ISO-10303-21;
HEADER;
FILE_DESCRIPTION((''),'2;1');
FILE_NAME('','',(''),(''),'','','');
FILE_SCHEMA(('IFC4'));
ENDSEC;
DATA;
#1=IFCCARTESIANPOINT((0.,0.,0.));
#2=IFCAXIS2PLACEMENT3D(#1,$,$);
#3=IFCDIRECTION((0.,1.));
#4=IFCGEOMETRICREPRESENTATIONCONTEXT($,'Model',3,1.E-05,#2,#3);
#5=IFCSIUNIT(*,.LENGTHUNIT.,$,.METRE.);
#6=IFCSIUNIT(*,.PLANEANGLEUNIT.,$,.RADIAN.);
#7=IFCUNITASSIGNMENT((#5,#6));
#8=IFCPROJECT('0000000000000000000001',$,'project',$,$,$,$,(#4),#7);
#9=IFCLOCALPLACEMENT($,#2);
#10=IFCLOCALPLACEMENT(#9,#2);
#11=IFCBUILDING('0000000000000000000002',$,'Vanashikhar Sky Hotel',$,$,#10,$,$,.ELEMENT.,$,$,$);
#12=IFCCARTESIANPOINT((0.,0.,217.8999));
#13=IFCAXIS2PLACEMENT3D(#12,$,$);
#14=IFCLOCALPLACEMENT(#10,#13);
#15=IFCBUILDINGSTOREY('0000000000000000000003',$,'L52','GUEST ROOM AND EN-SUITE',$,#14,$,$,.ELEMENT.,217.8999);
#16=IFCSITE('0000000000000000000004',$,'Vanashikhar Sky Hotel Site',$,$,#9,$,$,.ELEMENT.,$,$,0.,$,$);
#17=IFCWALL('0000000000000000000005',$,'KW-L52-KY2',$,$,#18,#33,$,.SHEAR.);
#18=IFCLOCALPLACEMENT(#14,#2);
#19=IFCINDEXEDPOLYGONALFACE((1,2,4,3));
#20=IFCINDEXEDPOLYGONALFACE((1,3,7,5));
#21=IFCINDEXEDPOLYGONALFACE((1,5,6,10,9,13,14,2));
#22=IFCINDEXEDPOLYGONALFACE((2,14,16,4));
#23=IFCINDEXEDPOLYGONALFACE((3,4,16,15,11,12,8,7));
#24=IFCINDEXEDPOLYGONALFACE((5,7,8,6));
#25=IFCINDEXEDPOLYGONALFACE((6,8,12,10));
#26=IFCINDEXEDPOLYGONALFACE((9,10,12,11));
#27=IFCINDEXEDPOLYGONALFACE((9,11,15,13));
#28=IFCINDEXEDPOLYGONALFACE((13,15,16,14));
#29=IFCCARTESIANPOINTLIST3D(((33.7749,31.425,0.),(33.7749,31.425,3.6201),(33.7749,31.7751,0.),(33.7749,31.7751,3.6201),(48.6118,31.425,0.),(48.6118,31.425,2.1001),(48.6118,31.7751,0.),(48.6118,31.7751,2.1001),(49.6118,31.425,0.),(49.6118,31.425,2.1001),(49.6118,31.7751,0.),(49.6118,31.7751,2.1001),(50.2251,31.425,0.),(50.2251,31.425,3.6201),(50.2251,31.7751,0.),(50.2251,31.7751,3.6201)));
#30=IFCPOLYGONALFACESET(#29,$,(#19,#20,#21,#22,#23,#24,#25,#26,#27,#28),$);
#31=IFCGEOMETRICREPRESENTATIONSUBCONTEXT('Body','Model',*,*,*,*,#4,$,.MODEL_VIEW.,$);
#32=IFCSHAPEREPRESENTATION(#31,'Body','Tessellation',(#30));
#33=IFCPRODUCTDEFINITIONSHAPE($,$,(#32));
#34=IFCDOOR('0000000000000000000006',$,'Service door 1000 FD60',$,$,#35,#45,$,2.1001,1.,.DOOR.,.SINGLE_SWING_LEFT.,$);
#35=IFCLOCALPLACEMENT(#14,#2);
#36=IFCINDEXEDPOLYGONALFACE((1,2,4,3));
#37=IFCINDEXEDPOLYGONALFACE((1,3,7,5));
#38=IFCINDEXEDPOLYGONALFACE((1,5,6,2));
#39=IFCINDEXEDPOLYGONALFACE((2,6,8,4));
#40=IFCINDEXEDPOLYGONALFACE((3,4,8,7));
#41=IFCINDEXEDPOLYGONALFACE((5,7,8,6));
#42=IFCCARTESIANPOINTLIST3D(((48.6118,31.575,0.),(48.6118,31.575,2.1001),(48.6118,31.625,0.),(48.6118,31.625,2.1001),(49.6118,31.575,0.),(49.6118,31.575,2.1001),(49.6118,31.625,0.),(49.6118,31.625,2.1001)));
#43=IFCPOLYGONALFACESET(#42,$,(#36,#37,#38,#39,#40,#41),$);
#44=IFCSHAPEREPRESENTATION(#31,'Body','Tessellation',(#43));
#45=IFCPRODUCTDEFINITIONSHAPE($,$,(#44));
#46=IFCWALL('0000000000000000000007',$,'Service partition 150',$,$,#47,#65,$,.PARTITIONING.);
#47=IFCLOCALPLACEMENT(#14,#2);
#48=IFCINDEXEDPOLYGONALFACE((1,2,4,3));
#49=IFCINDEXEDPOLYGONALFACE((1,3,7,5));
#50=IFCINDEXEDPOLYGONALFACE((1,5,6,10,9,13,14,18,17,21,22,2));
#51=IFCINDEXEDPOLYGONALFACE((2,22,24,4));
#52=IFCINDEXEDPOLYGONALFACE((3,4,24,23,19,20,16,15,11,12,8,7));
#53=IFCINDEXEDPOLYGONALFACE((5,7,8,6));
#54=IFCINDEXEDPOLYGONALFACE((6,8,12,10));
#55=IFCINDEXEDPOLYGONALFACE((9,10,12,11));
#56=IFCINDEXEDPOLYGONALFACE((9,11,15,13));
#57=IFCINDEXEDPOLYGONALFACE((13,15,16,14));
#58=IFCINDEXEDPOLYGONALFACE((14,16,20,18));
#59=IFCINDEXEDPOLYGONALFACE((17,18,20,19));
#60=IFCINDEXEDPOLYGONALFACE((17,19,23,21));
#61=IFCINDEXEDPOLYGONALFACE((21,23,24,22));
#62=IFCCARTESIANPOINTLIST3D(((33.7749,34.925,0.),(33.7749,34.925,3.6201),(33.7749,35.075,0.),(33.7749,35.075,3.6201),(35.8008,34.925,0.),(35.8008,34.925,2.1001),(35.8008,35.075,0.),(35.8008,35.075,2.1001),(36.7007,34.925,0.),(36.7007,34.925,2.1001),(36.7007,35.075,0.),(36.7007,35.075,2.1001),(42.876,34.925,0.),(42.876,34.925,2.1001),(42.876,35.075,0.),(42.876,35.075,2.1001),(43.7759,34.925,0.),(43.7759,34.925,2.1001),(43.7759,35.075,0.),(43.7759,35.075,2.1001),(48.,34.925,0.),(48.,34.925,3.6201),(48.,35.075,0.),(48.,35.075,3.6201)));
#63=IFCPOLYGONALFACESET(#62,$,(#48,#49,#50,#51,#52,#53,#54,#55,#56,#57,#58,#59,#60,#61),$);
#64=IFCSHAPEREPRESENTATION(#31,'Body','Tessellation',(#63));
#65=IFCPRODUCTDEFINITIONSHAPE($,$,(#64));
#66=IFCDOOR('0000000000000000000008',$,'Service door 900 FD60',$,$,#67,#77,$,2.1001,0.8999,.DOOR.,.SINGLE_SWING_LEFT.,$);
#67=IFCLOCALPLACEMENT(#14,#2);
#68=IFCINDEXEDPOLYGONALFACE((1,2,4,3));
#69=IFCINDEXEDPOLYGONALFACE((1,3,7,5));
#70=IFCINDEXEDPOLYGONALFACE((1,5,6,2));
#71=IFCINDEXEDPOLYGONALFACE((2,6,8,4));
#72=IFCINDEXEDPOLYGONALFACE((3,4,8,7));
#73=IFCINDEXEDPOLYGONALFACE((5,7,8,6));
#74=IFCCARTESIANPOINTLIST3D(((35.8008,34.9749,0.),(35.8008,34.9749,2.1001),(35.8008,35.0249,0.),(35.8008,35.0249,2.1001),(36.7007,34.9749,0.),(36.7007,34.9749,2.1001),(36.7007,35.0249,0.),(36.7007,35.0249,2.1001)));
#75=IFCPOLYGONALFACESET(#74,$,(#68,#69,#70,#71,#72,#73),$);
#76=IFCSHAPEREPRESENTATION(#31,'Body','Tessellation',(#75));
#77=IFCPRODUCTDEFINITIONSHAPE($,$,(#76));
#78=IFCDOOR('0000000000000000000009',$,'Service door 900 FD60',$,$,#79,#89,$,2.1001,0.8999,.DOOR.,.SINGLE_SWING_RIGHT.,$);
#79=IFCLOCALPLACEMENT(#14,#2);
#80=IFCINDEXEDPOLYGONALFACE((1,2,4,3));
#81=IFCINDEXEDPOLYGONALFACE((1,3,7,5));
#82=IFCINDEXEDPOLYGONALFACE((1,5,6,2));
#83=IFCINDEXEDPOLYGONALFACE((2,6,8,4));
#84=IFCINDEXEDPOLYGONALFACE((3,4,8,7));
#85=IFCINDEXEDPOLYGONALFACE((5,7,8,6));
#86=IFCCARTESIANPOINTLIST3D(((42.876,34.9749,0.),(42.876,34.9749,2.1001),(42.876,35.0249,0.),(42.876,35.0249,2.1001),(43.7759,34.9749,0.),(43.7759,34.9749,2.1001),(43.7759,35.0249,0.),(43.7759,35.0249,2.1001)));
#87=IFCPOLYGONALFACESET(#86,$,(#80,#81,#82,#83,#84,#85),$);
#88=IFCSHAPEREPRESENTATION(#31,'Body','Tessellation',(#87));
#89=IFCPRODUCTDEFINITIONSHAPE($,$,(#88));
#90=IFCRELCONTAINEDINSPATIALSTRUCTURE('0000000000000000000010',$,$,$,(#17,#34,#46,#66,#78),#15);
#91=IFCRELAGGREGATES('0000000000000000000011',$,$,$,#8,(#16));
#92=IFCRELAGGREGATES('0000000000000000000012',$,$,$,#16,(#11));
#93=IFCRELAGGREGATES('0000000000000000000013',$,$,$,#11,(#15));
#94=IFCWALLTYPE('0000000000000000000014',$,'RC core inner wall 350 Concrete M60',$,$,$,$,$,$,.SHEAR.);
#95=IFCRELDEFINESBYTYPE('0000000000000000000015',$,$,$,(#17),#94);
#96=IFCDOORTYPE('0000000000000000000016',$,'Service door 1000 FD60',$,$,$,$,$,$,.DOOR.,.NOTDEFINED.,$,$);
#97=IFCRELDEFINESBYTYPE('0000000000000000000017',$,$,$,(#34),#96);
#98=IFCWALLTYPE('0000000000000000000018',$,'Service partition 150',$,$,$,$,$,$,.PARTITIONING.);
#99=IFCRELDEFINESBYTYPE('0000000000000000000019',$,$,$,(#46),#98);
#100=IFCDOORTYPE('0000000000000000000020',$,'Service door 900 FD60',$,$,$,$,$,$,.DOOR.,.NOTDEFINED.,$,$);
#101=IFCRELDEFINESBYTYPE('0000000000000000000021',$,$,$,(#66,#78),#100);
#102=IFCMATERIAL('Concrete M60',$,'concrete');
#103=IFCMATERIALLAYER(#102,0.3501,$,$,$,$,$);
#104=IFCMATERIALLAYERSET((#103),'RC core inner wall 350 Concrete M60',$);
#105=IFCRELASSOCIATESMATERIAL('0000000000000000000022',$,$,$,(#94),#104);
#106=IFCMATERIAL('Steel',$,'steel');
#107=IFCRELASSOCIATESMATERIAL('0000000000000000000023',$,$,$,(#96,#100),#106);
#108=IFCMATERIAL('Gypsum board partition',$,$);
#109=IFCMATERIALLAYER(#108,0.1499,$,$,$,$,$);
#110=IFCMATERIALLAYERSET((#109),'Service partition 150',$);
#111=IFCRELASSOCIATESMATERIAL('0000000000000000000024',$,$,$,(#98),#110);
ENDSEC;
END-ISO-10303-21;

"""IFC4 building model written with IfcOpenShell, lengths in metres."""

from ifc_helpers import new_model, si_unit, direction, frame, frame_2d, origin, place, context, subcontext, project, spatial, rectangle, extrude, source, transform, mapped, material, layer, layer_set, type_object, element, fill, save


model = new_model("IFC4")

# Units and contexts
model_context = context("Model", 3, precision=1e-05, world=origin(), true_north=direction((0.0, 1.0)))
body_context = subcontext(model_context, "Body", "Model", "MODEL_VIEW")
ifc_project = project(units=[si_unit("LENGTHUNIT", "METRE"), si_unit("PLANEANGLEUNIT", "RADIAN")], contexts=[model_context])

# Site, building, storey
site_placement = place(None, origin())
site = spatial("IfcSite", under=ifc_project, at=site_placement, Name="Vanashikhar Sky Hotel Site", CompositionType="ELEMENT", RefElevation=0.0)
building_placement = place(site_placement, origin())
building = spatial("IfcBuilding", under=site, at=building_placement, Name="Vanashikhar Sky Hotel", CompositionType="ELEMENT")
storey_placement = place(building_placement, frame((0.0, 0.0, 217.8999)))
storey = spatial("IfcBuildingStorey", under=building, at=storey_placement, Name="L52", Description="GUEST ROOM AND EN-SUITE", CompositionType="ELEMENT", Elevation=217.8999)

# Wall, opening, door
ifc_material_1 = material(Name="Concrete M60", Category="concrete")
ifc_layer_1 = layer(ifc_material_1, 0.3501)
ifc_layer_set_1 = layer_set([ifc_layer_1], Name="RC core inner wall 350 Concrete M60")
wall_type_1 = type_object("IfcWallType", Name="RC core inner wall 350 Concrete M60", PredefinedType="SHEAR", material=ifc_layer_set_1)
shared_shape_1 = source(origin(), body_context, "Body", "SweptSolid", [
    extrude(rectangle(XDim=16.4502, YDim=0.3501, at=frame_2d((8.2251, 0.0))), origin(), (0.0, 0.0, 1.0), 3.6201),
])
wall_1_placement = place(storey_placement, frame((33.7749, 31.6001, 0.0), z_axis=(0.0, 0.0, 1.0), x_axis=(1.0, 0.0, 0.0)))
wall_1 = element("IfcWall", 1, at=wall_1_placement, inside=storey, type_object=wall_type_1, Name="KW-L52-KY2", PredefinedType="SHEAR", context=body_context, shape_type="MappedRepresentation", body=[
    mapped(shared_shape_1, transform((0.0, 0.0, 0.0), scale=1.0)),
])
shared_shape_2 = source(origin(), body_context, "Body", "SweptSolid", [
    extrude(rectangle(XDim=1.0, YDim=2.1001, at=frame_2d((0.5, 1.05))), frame((0.0, 0.1851, 0.0), z_axis=(0.0, -1.0, 0.0), x_axis=(1.0, 0.0, 0.0)), (0.0, 0.0, 1.0), 0.3701),
])
opening_1_placement = place(wall_1_placement, frame((14.8369, 0.0, 0.0)))
opening_1 = element("IfcOpeningElement", 2, at=opening_1_placement, cuts=wall_1, PredefinedType="OPENING", context=body_context, shape_type="MappedRepresentation", body=[
    mapped(shared_shape_2, transform((0.0, 0.0, 0.0), scale=1.0)),
])
ifc_material_2 = material(Name="Steel", Category="steel")
door_type_1 = type_object("IfcDoorType", Name="Service door 1000 FD60", OperationType="NOTDEFINED", PredefinedType="DOOR", material=ifc_material_2)
shared_shape_3 = source(origin(), body_context, "Body", "SweptSolid", [
    extrude(rectangle(XDim=1.0, YDim=2.1001, at=frame_2d((0.5, 1.05))), frame((0.0, 0.0249, 0.0), z_axis=(0.0, -1.0, 0.0), x_axis=(1.0, 0.0, 0.0)), (0.0, 0.0, 1.0), 0.05),
])
door_1_placement = place(opening_1_placement, origin())
door_1 = element("IfcDoor", 3, at=door_1_placement, inside=storey, type_object=door_type_1, Name="Service door 1000 FD60", OperationType="SINGLE_SWING_LEFT", OverallHeight=2.1001, OverallWidth=1.0, PredefinedType="DOOR", context=body_context, shape_type="MappedRepresentation", body=[
    mapped(shared_shape_3, transform((0.0, 0.0, 0.0), scale=1.0)),
])
fill(opening_1, door_1)

# Wall, openings, doors
ifc_material_3 = material(Name="Gypsum board partition")
ifc_layer_2 = layer(ifc_material_3, 0.1499)
ifc_layer_set_2 = layer_set([ifc_layer_2], Name="Service partition 150")
wall_type_2 = type_object("IfcWallType", Name="Service partition 150", PredefinedType="PARTITIONING", material=ifc_layer_set_2)
shared_shape_4 = source(origin(), body_context, "Body", "SweptSolid", [
    extrude(rectangle(XDim=14.2251, YDim=0.1499, at=frame_2d((7.1125, 0.0))), origin(), (0.0, 0.0, 1.0), 3.6201),
])
wall_2_placement = place(storey_placement, frame((33.7749, 35.0, 0.0), z_axis=(0.0, 0.0, 1.0), x_axis=(1.0, 0.0, 0.0)))
wall_2 = element("IfcWall", 4, at=wall_2_placement, inside=storey, type_object=wall_type_2, Name="Service partition 150", PredefinedType="PARTITIONING", context=body_context, shape_type="MappedRepresentation", body=[
    mapped(shared_shape_4, transform((0.0, 0.0, 0.0), scale=1.0)),
])
shared_shape_5 = source(origin(), body_context, "Body", "SweptSolid", [
    extrude(rectangle(XDim=0.8999, YDim=2.1001, at=frame_2d((0.45, 1.05))), frame((0.0, 0.085, 0.0), z_axis=(0.0, -1.0, 0.0), x_axis=(1.0, 0.0, 0.0)), (0.0, 0.0, 1.0), 0.1699),
])
opening_2_placement = place(wall_2_placement, frame((2.0259, 0.0, 0.0)))
opening_2 = element("IfcOpeningElement", 5, at=opening_2_placement, cuts=wall_2, PredefinedType="OPENING", context=body_context, shape_type="MappedRepresentation", body=[
    mapped(shared_shape_5, transform((0.0, 0.0, 0.0), scale=1.0)),
])
opening_3_placement = place(wall_2_placement, frame((9.1011, 0.0, 0.0)))
opening_3 = element("IfcOpeningElement", 6, at=opening_3_placement, cuts=wall_2, PredefinedType="OPENING", context=body_context, shape_type="MappedRepresentation", body=[
    mapped(shared_shape_5, transform((0.0, 0.0, 0.0), scale=1.0)),
])
door_type_2 = type_object("IfcDoorType", Name="Service door 900 FD60", OperationType="NOTDEFINED", PredefinedType="DOOR", material=ifc_material_2)
shared_shape_6 = source(origin(), body_context, "Body", "SweptSolid", [
    extrude(rectangle(XDim=0.8999, YDim=2.1001, at=frame_2d((0.45, 1.05))), frame((0.0, 0.0249, 0.0), z_axis=(0.0, -1.0, 0.0), x_axis=(1.0, 0.0, 0.0)), (0.0, 0.0, 1.0), 0.05),
])
door_2_placement = place(opening_2_placement, origin())
door_2 = element("IfcDoor", 7, at=door_2_placement, inside=storey, type_object=door_type_2, Name="Service door 900 FD60", OperationType="SINGLE_SWING_LEFT", OverallHeight=2.1001, OverallWidth=0.8999, PredefinedType="DOOR", context=body_context, shape_type="MappedRepresentation", body=[
    mapped(shared_shape_6, transform((0.0, 0.0, 0.0), scale=1.0)),
])
fill(opening_2, door_2)
door_3_placement = place(opening_3_placement, origin())
door_3 = element("IfcDoor", 8, at=door_3_placement, inside=storey, type_object=door_type_2, Name="Service door 900 FD60", OperationType="SINGLE_SWING_RIGHT", OverallHeight=2.1001, OverallWidth=0.8999, PredefinedType="DOOR", context=body_context, shape_type="MappedRepresentation", body=[
    mapped(shared_shape_6, transform((0.0, 0.0, 0.0), scale=1.0)),
])
fill(opening_3, door_3)

save(model, "model.ifc")
